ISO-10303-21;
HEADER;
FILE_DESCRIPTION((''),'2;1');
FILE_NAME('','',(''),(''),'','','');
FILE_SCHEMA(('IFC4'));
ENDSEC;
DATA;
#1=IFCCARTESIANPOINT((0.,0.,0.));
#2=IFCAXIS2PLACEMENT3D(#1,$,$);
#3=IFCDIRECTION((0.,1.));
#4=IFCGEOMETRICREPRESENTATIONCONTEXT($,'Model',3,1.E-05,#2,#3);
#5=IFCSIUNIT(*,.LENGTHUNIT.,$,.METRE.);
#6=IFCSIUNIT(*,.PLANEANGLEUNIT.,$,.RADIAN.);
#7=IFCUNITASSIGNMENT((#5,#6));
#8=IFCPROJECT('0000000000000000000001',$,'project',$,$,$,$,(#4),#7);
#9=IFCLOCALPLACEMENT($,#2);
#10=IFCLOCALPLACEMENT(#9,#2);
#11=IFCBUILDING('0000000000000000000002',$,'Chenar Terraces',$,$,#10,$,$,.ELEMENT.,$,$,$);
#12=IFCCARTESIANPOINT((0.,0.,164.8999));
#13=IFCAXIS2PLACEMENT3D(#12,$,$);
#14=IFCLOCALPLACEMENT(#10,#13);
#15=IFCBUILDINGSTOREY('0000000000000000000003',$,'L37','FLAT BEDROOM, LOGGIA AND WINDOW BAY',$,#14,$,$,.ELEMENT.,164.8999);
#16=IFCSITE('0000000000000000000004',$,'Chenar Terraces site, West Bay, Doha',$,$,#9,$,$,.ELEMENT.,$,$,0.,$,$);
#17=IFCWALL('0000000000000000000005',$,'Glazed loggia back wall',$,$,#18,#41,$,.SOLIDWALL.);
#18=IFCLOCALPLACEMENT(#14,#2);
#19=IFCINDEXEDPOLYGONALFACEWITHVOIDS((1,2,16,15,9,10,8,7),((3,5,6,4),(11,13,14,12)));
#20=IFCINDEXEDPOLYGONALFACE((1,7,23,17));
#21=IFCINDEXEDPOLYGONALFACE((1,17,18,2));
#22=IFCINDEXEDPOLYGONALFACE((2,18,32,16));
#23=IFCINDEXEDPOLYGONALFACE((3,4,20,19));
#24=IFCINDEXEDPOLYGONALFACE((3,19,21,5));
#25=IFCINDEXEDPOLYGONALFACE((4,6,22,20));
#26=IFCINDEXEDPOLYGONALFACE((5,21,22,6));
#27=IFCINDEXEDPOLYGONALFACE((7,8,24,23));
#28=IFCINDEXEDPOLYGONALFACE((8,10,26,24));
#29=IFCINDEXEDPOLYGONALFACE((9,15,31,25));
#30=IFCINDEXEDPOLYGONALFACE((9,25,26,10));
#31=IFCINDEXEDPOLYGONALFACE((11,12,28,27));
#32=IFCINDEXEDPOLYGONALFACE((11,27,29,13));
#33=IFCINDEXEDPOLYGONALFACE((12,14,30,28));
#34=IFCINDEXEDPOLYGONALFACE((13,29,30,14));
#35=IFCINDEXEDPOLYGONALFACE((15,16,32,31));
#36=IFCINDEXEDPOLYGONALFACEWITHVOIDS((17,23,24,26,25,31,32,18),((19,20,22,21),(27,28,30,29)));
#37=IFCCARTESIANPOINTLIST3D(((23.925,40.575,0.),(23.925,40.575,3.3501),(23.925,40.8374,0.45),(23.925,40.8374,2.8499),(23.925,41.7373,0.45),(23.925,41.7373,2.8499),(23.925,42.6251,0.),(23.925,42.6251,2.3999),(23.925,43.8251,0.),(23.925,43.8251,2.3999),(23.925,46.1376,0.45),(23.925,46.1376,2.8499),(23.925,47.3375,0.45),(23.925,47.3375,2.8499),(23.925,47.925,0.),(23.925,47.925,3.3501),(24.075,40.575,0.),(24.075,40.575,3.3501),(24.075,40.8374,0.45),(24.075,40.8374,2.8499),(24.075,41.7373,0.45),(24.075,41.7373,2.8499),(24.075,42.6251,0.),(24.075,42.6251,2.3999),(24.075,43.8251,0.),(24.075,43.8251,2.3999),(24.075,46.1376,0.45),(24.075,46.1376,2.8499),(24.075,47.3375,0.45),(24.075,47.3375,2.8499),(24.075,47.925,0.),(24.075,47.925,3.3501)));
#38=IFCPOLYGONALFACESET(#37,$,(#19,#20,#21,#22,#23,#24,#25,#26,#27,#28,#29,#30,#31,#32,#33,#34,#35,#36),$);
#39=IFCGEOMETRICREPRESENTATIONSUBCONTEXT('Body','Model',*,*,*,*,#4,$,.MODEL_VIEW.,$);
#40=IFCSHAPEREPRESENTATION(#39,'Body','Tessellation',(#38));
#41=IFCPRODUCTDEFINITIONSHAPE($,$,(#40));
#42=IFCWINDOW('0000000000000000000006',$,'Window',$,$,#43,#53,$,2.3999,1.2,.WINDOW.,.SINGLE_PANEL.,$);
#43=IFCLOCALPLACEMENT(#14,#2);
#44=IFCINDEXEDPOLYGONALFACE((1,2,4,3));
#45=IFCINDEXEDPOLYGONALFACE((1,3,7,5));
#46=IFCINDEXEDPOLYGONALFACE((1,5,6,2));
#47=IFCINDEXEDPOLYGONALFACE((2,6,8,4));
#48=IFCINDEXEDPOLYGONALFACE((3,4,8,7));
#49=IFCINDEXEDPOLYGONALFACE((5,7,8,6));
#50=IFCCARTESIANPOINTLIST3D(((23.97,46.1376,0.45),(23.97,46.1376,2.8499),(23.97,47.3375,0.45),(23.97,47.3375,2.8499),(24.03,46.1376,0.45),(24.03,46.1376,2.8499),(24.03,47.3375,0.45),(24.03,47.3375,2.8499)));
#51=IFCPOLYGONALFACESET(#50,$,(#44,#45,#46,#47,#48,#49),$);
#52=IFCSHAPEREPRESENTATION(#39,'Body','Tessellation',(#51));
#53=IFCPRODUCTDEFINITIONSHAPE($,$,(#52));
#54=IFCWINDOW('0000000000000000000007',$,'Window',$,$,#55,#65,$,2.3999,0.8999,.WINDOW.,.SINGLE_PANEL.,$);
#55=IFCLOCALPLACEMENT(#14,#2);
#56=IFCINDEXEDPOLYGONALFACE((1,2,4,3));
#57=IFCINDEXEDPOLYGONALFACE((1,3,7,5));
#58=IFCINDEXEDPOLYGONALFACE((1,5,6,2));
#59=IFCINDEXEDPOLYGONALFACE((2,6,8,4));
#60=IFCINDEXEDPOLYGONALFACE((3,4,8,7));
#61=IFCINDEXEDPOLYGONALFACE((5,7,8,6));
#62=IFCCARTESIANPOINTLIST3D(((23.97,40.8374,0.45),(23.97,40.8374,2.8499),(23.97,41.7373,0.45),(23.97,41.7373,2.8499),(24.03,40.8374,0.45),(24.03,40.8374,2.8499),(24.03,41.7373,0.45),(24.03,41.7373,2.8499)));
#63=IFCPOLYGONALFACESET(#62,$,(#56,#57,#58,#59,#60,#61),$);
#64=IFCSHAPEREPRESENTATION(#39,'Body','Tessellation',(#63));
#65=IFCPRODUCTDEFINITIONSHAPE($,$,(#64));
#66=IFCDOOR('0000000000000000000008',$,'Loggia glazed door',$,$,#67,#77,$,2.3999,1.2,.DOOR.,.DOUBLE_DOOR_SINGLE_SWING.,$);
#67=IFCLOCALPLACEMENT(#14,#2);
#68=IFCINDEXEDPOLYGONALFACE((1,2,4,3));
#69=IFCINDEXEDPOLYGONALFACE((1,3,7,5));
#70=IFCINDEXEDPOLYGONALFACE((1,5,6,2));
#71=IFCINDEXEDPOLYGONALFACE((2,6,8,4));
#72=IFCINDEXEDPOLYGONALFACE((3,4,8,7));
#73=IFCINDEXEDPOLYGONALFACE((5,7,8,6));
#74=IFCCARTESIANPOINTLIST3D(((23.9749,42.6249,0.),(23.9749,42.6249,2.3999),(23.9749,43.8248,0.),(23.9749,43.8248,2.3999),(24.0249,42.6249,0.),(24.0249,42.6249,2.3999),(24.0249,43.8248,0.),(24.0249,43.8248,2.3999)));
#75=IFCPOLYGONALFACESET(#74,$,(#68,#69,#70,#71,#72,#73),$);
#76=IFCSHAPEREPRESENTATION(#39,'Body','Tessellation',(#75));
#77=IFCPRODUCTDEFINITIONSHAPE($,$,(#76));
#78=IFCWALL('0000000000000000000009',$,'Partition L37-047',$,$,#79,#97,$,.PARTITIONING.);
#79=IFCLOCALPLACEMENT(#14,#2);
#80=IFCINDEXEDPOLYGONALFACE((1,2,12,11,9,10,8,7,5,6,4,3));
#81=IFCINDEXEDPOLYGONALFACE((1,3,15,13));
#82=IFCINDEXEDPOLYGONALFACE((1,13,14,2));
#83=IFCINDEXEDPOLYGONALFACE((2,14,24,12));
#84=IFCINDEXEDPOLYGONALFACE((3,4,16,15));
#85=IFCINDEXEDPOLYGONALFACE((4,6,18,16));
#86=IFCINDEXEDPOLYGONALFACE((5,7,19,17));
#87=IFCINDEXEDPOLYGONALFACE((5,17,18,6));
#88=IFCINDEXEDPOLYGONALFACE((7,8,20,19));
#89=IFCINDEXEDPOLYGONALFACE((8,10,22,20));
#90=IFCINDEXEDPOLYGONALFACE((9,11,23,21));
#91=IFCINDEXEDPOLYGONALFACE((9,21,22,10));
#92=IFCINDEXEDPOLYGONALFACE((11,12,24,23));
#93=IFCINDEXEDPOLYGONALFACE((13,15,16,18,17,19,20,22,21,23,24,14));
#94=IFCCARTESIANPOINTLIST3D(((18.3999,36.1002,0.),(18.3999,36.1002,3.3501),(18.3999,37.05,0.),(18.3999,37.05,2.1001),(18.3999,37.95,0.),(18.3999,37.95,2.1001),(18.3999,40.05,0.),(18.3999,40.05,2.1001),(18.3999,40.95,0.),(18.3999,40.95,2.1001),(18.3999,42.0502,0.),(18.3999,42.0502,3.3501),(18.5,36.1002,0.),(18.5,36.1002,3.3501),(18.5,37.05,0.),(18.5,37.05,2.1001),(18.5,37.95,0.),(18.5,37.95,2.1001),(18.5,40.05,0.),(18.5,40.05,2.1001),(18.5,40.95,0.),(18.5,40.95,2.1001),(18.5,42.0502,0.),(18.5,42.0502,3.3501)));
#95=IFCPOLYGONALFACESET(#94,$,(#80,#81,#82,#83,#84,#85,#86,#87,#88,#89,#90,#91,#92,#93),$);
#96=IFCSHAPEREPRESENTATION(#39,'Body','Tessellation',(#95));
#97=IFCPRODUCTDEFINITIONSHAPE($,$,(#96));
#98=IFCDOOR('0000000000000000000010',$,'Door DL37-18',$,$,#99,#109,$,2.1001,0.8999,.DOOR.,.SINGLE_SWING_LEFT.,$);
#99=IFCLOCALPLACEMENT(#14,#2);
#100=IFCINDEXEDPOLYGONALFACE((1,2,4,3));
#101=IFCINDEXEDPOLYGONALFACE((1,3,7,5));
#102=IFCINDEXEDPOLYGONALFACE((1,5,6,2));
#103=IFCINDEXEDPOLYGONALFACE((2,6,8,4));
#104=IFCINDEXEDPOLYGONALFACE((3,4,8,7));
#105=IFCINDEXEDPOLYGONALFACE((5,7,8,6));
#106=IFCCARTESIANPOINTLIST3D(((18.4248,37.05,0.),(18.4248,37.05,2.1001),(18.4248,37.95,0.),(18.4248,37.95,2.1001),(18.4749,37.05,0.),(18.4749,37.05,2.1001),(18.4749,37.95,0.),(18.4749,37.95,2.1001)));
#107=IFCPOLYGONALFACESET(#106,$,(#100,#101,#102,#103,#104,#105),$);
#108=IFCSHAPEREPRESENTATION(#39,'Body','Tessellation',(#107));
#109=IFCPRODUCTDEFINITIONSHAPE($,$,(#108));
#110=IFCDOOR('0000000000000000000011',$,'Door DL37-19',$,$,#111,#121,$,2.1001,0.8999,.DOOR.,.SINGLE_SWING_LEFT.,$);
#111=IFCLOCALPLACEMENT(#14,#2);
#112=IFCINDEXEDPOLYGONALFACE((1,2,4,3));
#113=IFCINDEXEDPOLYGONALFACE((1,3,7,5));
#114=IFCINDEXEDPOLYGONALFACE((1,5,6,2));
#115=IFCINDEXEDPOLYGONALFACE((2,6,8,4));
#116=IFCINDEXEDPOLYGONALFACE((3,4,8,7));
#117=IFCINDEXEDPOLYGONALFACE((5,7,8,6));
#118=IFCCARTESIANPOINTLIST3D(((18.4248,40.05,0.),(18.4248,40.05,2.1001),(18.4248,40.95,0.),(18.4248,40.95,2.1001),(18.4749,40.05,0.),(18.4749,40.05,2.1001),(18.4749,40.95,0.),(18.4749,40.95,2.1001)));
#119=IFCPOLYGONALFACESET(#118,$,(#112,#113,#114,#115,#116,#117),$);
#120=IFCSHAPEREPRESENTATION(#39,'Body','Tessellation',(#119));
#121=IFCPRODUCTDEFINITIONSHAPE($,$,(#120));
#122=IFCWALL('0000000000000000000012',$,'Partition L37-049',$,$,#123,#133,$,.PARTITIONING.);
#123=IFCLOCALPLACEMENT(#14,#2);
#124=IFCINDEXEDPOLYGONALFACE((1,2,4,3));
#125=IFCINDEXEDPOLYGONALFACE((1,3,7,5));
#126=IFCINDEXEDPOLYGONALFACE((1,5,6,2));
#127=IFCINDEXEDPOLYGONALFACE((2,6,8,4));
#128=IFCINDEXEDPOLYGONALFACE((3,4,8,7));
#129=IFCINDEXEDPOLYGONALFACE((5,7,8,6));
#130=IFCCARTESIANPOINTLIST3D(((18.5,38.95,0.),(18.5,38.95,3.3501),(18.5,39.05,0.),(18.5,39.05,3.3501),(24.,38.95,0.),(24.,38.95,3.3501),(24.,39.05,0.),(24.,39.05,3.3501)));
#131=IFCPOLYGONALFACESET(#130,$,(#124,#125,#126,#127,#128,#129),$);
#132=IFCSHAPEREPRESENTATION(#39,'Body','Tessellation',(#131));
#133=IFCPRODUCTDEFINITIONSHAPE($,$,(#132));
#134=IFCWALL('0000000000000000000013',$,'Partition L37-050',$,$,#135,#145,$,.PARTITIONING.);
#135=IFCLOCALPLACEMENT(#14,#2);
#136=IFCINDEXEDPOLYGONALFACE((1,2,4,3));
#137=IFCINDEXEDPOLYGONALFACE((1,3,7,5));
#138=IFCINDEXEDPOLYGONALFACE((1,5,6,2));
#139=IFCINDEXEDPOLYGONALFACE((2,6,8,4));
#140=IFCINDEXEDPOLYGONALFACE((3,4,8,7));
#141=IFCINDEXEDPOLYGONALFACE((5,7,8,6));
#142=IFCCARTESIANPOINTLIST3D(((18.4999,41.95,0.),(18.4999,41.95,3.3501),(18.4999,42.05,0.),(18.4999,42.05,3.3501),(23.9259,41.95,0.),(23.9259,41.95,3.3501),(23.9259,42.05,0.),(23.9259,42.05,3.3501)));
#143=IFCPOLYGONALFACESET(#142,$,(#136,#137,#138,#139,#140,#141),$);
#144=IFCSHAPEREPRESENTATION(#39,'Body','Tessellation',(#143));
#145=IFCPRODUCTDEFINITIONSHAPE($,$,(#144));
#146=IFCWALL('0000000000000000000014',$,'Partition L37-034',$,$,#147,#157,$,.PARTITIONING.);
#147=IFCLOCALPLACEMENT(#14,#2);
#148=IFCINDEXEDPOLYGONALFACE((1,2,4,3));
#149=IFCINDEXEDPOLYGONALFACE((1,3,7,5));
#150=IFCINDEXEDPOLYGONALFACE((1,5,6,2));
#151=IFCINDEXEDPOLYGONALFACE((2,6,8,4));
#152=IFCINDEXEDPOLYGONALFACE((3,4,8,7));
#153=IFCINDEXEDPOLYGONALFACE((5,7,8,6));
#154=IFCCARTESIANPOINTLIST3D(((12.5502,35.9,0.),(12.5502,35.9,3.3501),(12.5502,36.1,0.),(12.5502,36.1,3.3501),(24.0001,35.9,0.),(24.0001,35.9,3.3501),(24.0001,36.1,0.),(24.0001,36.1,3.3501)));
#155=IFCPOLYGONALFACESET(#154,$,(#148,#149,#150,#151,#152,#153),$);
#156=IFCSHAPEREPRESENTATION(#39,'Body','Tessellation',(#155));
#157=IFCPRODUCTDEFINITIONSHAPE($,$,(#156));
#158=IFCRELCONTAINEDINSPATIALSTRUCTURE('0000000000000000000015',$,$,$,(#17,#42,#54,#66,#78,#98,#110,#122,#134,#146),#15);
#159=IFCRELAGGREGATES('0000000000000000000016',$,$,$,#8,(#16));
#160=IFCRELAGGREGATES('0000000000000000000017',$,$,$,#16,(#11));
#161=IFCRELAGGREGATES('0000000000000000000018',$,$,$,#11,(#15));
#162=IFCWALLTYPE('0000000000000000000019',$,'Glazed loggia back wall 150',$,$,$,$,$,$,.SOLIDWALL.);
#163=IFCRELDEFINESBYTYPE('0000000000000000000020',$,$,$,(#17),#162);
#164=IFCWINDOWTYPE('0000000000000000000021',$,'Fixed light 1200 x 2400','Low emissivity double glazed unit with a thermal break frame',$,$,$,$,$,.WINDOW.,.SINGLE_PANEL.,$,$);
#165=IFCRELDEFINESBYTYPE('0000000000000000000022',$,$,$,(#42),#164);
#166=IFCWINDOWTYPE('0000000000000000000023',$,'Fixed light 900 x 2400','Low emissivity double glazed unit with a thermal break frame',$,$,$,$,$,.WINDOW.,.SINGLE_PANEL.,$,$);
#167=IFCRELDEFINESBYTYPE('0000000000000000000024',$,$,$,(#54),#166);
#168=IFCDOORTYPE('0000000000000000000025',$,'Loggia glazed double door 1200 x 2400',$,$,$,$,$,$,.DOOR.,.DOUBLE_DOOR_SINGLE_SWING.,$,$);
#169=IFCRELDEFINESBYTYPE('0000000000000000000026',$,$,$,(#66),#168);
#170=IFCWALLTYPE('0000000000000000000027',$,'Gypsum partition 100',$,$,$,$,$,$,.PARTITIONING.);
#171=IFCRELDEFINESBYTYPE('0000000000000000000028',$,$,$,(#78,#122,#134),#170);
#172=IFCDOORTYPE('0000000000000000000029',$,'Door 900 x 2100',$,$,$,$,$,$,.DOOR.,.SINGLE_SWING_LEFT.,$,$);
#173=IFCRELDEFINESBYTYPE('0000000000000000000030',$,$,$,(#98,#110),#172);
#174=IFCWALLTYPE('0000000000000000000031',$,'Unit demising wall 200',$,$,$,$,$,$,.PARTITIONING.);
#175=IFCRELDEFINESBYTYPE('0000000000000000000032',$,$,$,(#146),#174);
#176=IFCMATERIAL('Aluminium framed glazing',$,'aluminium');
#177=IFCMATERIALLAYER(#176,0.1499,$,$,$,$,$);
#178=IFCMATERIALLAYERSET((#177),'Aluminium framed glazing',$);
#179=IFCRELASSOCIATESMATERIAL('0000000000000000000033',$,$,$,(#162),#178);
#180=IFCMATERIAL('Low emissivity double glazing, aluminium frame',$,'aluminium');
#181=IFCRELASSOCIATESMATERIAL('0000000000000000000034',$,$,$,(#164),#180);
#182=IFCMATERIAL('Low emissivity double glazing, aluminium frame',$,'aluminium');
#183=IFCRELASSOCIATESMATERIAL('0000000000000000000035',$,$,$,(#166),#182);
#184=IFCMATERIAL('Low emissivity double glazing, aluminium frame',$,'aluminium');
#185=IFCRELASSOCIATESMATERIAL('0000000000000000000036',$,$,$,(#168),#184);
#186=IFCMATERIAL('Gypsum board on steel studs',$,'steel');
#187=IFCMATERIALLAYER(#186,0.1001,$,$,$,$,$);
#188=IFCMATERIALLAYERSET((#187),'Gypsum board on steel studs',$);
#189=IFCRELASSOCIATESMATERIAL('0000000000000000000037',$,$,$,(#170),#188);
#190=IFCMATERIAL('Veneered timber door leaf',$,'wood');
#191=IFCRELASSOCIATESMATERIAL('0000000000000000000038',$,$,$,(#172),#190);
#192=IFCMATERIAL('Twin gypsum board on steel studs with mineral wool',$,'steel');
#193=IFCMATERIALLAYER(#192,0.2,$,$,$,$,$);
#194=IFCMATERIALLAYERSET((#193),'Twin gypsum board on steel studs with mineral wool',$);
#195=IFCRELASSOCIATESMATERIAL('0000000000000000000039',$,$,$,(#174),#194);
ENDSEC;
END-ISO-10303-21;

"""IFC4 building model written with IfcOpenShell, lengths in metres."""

from ifc_helpers import new_model, si_unit, direction, frame, frame_2d, origin, place, context, subcontext, project, spatial, rectangle, extrude, material, layer, layer_set, type_object, element, fill, save


model = new_model("IFC4")

# Units and contexts
model_context = context("Model", 3, precision=1e-05, world=origin(), true_north=direction((0.0, 1.0)))
body_context = subcontext(model_context, "Body", "Model", "MODEL_VIEW")
ifc_project = project(units=[si_unit("LENGTHUNIT", "METRE"), si_unit("PLANEANGLEUNIT", "RADIAN")], contexts=[model_context])

# Site, building, storey
site_placement = place(None, origin())
site = spatial("IfcSite", under=ifc_project, at=site_placement, Name="Chenar Terraces site, West Bay, Doha", CompositionType="ELEMENT", RefElevation=0.0)
building_placement = place(site_placement, origin())
building = spatial("IfcBuilding", under=site, at=building_placement, Name="Chenar Terraces", CompositionType="ELEMENT")
storey_placement = place(building_placement, frame((0.0, 0.0, 164.8999)))
storey = spatial("IfcBuildingStorey", under=building, at=storey_placement, Name="L37", Description="FLAT BEDROOM, LOGGIA AND WINDOW BAY", CompositionType="ELEMENT", Elevation=164.8999)

# Wall, openings, windows, door
ifc_material_1 = material(Name="Aluminium framed glazing", Category="aluminium")
ifc_layer_1 = layer(ifc_material_1, 0.1499)
ifc_layer_set_1 = layer_set([ifc_layer_1], Name="Aluminium framed glazing")
wall_type_1 = type_object("IfcWallType", Name="Glazed loggia back wall 150", PredefinedType="SOLIDWALL", material=ifc_layer_set_1)
wall_1_placement = place(storey_placement, frame((24.0, 40.575, 0.0), z_axis=(0.0, 0.0, 1.0), x_axis=(0.0, 1.0, 0.0)))
wall_1 = element("IfcWall", 1, at=wall_1_placement, inside=storey, type_object=wall_type_1, Name="Glazed loggia back wall", PredefinedType="SOLIDWALL", context=body_context, shape_type="SweptSolid", body=[
    extrude(rectangle(XDim=7.3501, YDim=0.1499, at=frame_2d((3.675, 0.0))), origin(), (0.0, 0.0, 1.0), 3.3501),
])
opening_1_placement = place(wall_1_placement, frame((0.2625, 0.0, 0.45)))
opening_1 = element("IfcOpeningElement", 2, at=opening_1_placement, cuts=wall_1, PredefinedType="OPENING", context=body_context, shape_type="SweptSolid", body=[
    extrude(rectangle(XDim=0.8999, YDim=2.3999, at=frame_2d((0.45, 1.2))), frame((0.0, 0.085, 0.0), z_axis=(0.0, -1.0, 0.0), x_axis=(1.0, 0.0, 0.0)), (0.0, 0.0, 1.0), 0.1699),
])
opening_2_placement = place(wall_1_placement, frame((2.05, 0.0, 0.0)))
opening_2 = element("IfcOpeningElement", 3, at=opening_2_placement, cuts=wall_1, PredefinedType="OPENING", context=body_context, shape_type="SweptSolid", body=[
    extrude(rectangle(XDim=1.2, YDim=2.3999, at=frame_2d((0.6001, 1.2))), frame((0.0, 0.085, 0.0), z_axis=(0.0, -1.0, 0.0), x_axis=(1.0, 0.0, 0.0)), (0.0, 0.0, 1.0), 0.1699),
])
opening_3_placement = place(wall_1_placement, frame((5.5625, 0.0, 0.45)))
opening_3 = element("IfcOpeningElement", 4, at=opening_3_placement, cuts=wall_1, PredefinedType="OPENING", context=body_context, shape_type="SweptSolid", body=[
    extrude(rectangle(XDim=1.2, YDim=2.3999, at=frame_2d((0.6001, 1.2))), frame((0.0, 0.085, 0.0), z_axis=(0.0, -1.0, 0.0), x_axis=(1.0, 0.0, 0.0)), (0.0, 0.0, 1.0), 0.1699),
])
ifc_material_2 = material(Name="Low emissivity double glazing, aluminium frame", Category="aluminium")
window_type_1 = type_object("IfcWindowType", Name="Fixed light 1200 x 2400", Description="Low emissivity double glazed unit with a thermal break frame", PartitioningType="SINGLE_PANEL", PredefinedType="WINDOW", material=ifc_material_2)
window_1_placement = place(opening_3_placement, origin())
window_1 = element("IfcWindow", 5, at=window_1_placement, inside=storey, type_object=window_type_1, Name="Window", OverallHeight=2.3999, OverallWidth=1.2, PartitioningType="SINGLE_PANEL", PredefinedType="WINDOW", context=body_context, shape_type="SweptSolid", body=[
    extrude(rectangle(XDim=1.2, YDim=2.3999, at=frame_2d((0.6001, 1.2))), frame((0.0, 0.03, 0.0), z_axis=(0.0, -1.0, 0.0), x_axis=(1.0, 0.0, 0.0)), (0.0, 0.0, 1.0), 0.0601),
])
fill(opening_3, window_1)
ifc_material_3 = material(Name="Low emissivity double glazing, aluminium frame", Category="aluminium")
window_type_2 = type_object("IfcWindowType", Name="Fixed light 900 x 2400", Description="Low emissivity double glazed unit with a thermal break frame", PartitioningType="SINGLE_PANEL", PredefinedType="WINDOW", material=ifc_material_3)
window_2_placement = place(opening_1_placement, origin())
window_2 = element("IfcWindow", 6, at=window_2_placement, inside=storey, type_object=window_type_2, Name="Window", OverallHeight=2.3999, OverallWidth=0.8999, PartitioningType="SINGLE_PANEL", PredefinedType="WINDOW", context=body_context, shape_type="SweptSolid", body=[
    extrude(rectangle(XDim=0.8999, YDim=2.3999, at=frame_2d((0.45, 1.2))), frame((0.0, 0.03, 0.0), z_axis=(0.0, -1.0, 0.0), x_axis=(1.0, 0.0, 0.0)), (0.0, 0.0, 1.0), 0.0601),
])
fill(opening_1, window_2)
ifc_material_4 = material(Name="Low emissivity double glazing, aluminium frame", Category="aluminium")
door_type_1 = type_object("IfcDoorType", Name="Loggia glazed double door 1200 x 2400", OperationType="DOUBLE_DOOR_SINGLE_SWING", PredefinedType="DOOR", material=ifc_material_4)
door_1_placement = place(opening_2_placement, frame((1.2, 0.0, 0.0), z_axis=(0.0, 0.0, 1.0), x_axis=(-1.0, 0.0, 0.0)))
door_1 = element("IfcDoor", 7, at=door_1_placement, inside=storey, type_object=door_type_1, Name="Loggia glazed door", OperationType="DOUBLE_DOOR_SINGLE_SWING", OverallHeight=2.3999, OverallWidth=1.2, PredefinedType="DOOR", context=body_context, shape_type="SweptSolid", body=[
    extrude(rectangle(XDim=1.2, YDim=2.3999, at=frame_2d((0.6001, 1.2))), frame((0.0, 0.0249, 0.0), z_axis=(0.0, -1.0, 0.0), x_axis=(1.0, 0.0, 0.0)), (0.0, 0.0, 1.0), 0.05),
])
fill(opening_2, door_1)

# Wall, openings, doors
ifc_material_5 = material(Name="Gypsum board on steel studs", Category="steel")
ifc_layer_2 = layer(ifc_material_5, 0.1001)
ifc_layer_set_2 = layer_set([ifc_layer_2], Name="Gypsum board on steel studs")
wall_type_2 = type_object("IfcWallType", Name="Gypsum partition 100", PredefinedType="PARTITIONING", material=ifc_layer_set_2)
wall_2_placement = place(storey_placement, frame((18.45, 36.1001, 0.0), z_axis=(0.0, 0.0, 1.0), x_axis=(0.0, 1.0, 0.0)))
wall_2 = element("IfcWall", 8, at=wall_2_placement, inside=storey, type_object=wall_type_2, Name="Partition L37-047", PredefinedType="PARTITIONING", context=body_context, shape_type="SweptSolid", body=[
    extrude(rectangle(XDim=5.95, YDim=0.1001, at=frame_2d((2.9751, 0.0))), origin(), (0.0, 0.0, 1.0), 3.3501),
])
opening_4_placement = place(wall_2_placement, frame((0.95, 0.0, 0.0)))
opening_4 = element("IfcOpeningElement", 9, at=opening_4_placement, cuts=wall_2, PredefinedType="OPENING", context=body_context, shape_type="SweptSolid", body=[
    extrude(rectangle(XDim=0.8999, YDim=2.1001, at=frame_2d((0.45, 1.05))), frame((0.0, 0.0601, 0.0), z_axis=(0.0, -1.0, 0.0), x_axis=(1.0, 0.0, 0.0)), (0.0, 0.0, 1.0), 0.1201),
])
opening_5_placement = place(wall_2_placement, frame((3.95, 0.0, 0.0)))
opening_5 = element("IfcOpeningElement", 10, at=opening_5_placement, cuts=wall_2, PredefinedType="OPENING", context=body_context, shape_type="SweptSolid", body=[
    extrude(rectangle(XDim=0.8999, YDim=2.1001, at=frame_2d((0.45, 1.05))), frame((0.0, 0.0601, 0.0), z_axis=(0.0, -1.0, 0.0), x_axis=(1.0, 0.0, 0.0)), (0.0, 0.0, 1.0), 0.1201),
])
ifc_material_6 = material(Name="Veneered timber door leaf", Category="wood")
door_type_2 = type_object("IfcDoorType", Name="Door 900 x 2100", OperationType="SINGLE_SWING_LEFT", PredefinedType="DOOR", material=ifc_material_6)
door_2_placement = place(opening_4_placement, frame((0.8999, 0.0, 0.0), z_axis=(0.0, 0.0, 1.0), x_axis=(-1.0, 0.0, 0.0)))
door_2 = element("IfcDoor", 11, at=door_2_placement, inside=storey, type_object=door_type_2, Name="Door DL37-18", OperationType="SINGLE_SWING_LEFT", OverallHeight=2.1001, OverallWidth=0.8999, PredefinedType="DOOR", context=body_context, shape_type="SweptSolid", body=[
    extrude(rectangle(XDim=0.8999, YDim=2.1001, at=frame_2d((0.45, 1.05))), frame((0.0, 0.0249, 0.0), z_axis=(0.0, -1.0, 0.0), x_axis=(1.0, 0.0, 0.0)), (0.0, 0.0, 1.0), 0.05),
])
fill(opening_4, door_2)
door_3_placement = place(opening_5_placement, frame((0.8999, 0.0, 0.0), z_axis=(0.0, 0.0, 1.0), x_axis=(-1.0, 0.0, 0.0)))
door_3 = element("IfcDoor", 12, at=door_3_placement, inside=storey, type_object=door_type_2, Name="Door DL37-19", OperationType="SINGLE_SWING_LEFT", OverallHeight=2.1001, OverallWidth=0.8999, PredefinedType="DOOR", context=body_context, shape_type="SweptSolid", body=[
    extrude(rectangle(XDim=0.8999, YDim=2.1001, at=frame_2d((0.45, 1.05))), frame((0.0, 0.0249, 0.0), z_axis=(0.0, -1.0, 0.0), x_axis=(1.0, 0.0, 0.0)), (0.0, 0.0, 1.0), 0.05),
])
fill(opening_5, door_3)

# Walls
wall_3_placement = place(storey_placement, frame((18.5, 39.0, 0.0), z_axis=(0.0, 0.0, 1.0), x_axis=(1.0, 0.0, 0.0)))
element("IfcWall", 13, at=wall_3_placement, inside=storey, type_object=wall_type_2, Name="Partition L37-049", PredefinedType="PARTITIONING", context=body_context, shape_type="SweptSolid", body=[
    extrude(rectangle(XDim=5.5, YDim=0.1001, at=frame_2d((2.75, 0.0))), origin(), (0.0, 0.0, 1.0), 3.3501),
])
wall_4_placement = place(storey_placement, frame((18.5, 42.0, 0.0), z_axis=(0.0, 0.0, 1.0), x_axis=(1.0, 0.0, 0.0)))
element("IfcWall", 14, at=wall_4_placement, inside=storey, type_object=wall_type_2, Name="Partition L37-050", PredefinedType="PARTITIONING", context=body_context, shape_type="SweptSolid", body=[
    extrude(rectangle(XDim=5.426, YDim=0.1001, at=frame_2d((2.7129, 0.0))), origin(), (0.0, 0.0, 1.0), 3.3501),
])
ifc_material_7 = material(Name="Twin gypsum board on steel studs with mineral wool", Category="steel")
ifc_layer_3 = layer(ifc_material_7, 0.2)
ifc_layer_set_3 = layer_set([ifc_layer_3], Name="Twin gypsum board on steel studs with mineral wool")
wall_type_3 = type_object("IfcWallType", Name="Unit demising wall 200", PredefinedType="PARTITIONING", material=ifc_layer_set_3)
wall_5_placement = place(storey_placement, frame((12.55, 36.0, 0.0), z_axis=(0.0, 0.0, 1.0), x_axis=(1.0, 0.0, 0.0)))
element("IfcWall", 15, at=wall_5_placement, inside=storey, type_object=wall_type_3, Name="Partition L37-034", PredefinedType="PARTITIONING", context=body_context, shape_type="SweptSolid", body=[
    extrude(rectangle(XDim=11.45, YDim=0.2, at=frame_2d((5.7251, 0.0))), origin(), (0.0, 0.0, 1.0), 3.3501),
])

save(model, "model.ifc")
